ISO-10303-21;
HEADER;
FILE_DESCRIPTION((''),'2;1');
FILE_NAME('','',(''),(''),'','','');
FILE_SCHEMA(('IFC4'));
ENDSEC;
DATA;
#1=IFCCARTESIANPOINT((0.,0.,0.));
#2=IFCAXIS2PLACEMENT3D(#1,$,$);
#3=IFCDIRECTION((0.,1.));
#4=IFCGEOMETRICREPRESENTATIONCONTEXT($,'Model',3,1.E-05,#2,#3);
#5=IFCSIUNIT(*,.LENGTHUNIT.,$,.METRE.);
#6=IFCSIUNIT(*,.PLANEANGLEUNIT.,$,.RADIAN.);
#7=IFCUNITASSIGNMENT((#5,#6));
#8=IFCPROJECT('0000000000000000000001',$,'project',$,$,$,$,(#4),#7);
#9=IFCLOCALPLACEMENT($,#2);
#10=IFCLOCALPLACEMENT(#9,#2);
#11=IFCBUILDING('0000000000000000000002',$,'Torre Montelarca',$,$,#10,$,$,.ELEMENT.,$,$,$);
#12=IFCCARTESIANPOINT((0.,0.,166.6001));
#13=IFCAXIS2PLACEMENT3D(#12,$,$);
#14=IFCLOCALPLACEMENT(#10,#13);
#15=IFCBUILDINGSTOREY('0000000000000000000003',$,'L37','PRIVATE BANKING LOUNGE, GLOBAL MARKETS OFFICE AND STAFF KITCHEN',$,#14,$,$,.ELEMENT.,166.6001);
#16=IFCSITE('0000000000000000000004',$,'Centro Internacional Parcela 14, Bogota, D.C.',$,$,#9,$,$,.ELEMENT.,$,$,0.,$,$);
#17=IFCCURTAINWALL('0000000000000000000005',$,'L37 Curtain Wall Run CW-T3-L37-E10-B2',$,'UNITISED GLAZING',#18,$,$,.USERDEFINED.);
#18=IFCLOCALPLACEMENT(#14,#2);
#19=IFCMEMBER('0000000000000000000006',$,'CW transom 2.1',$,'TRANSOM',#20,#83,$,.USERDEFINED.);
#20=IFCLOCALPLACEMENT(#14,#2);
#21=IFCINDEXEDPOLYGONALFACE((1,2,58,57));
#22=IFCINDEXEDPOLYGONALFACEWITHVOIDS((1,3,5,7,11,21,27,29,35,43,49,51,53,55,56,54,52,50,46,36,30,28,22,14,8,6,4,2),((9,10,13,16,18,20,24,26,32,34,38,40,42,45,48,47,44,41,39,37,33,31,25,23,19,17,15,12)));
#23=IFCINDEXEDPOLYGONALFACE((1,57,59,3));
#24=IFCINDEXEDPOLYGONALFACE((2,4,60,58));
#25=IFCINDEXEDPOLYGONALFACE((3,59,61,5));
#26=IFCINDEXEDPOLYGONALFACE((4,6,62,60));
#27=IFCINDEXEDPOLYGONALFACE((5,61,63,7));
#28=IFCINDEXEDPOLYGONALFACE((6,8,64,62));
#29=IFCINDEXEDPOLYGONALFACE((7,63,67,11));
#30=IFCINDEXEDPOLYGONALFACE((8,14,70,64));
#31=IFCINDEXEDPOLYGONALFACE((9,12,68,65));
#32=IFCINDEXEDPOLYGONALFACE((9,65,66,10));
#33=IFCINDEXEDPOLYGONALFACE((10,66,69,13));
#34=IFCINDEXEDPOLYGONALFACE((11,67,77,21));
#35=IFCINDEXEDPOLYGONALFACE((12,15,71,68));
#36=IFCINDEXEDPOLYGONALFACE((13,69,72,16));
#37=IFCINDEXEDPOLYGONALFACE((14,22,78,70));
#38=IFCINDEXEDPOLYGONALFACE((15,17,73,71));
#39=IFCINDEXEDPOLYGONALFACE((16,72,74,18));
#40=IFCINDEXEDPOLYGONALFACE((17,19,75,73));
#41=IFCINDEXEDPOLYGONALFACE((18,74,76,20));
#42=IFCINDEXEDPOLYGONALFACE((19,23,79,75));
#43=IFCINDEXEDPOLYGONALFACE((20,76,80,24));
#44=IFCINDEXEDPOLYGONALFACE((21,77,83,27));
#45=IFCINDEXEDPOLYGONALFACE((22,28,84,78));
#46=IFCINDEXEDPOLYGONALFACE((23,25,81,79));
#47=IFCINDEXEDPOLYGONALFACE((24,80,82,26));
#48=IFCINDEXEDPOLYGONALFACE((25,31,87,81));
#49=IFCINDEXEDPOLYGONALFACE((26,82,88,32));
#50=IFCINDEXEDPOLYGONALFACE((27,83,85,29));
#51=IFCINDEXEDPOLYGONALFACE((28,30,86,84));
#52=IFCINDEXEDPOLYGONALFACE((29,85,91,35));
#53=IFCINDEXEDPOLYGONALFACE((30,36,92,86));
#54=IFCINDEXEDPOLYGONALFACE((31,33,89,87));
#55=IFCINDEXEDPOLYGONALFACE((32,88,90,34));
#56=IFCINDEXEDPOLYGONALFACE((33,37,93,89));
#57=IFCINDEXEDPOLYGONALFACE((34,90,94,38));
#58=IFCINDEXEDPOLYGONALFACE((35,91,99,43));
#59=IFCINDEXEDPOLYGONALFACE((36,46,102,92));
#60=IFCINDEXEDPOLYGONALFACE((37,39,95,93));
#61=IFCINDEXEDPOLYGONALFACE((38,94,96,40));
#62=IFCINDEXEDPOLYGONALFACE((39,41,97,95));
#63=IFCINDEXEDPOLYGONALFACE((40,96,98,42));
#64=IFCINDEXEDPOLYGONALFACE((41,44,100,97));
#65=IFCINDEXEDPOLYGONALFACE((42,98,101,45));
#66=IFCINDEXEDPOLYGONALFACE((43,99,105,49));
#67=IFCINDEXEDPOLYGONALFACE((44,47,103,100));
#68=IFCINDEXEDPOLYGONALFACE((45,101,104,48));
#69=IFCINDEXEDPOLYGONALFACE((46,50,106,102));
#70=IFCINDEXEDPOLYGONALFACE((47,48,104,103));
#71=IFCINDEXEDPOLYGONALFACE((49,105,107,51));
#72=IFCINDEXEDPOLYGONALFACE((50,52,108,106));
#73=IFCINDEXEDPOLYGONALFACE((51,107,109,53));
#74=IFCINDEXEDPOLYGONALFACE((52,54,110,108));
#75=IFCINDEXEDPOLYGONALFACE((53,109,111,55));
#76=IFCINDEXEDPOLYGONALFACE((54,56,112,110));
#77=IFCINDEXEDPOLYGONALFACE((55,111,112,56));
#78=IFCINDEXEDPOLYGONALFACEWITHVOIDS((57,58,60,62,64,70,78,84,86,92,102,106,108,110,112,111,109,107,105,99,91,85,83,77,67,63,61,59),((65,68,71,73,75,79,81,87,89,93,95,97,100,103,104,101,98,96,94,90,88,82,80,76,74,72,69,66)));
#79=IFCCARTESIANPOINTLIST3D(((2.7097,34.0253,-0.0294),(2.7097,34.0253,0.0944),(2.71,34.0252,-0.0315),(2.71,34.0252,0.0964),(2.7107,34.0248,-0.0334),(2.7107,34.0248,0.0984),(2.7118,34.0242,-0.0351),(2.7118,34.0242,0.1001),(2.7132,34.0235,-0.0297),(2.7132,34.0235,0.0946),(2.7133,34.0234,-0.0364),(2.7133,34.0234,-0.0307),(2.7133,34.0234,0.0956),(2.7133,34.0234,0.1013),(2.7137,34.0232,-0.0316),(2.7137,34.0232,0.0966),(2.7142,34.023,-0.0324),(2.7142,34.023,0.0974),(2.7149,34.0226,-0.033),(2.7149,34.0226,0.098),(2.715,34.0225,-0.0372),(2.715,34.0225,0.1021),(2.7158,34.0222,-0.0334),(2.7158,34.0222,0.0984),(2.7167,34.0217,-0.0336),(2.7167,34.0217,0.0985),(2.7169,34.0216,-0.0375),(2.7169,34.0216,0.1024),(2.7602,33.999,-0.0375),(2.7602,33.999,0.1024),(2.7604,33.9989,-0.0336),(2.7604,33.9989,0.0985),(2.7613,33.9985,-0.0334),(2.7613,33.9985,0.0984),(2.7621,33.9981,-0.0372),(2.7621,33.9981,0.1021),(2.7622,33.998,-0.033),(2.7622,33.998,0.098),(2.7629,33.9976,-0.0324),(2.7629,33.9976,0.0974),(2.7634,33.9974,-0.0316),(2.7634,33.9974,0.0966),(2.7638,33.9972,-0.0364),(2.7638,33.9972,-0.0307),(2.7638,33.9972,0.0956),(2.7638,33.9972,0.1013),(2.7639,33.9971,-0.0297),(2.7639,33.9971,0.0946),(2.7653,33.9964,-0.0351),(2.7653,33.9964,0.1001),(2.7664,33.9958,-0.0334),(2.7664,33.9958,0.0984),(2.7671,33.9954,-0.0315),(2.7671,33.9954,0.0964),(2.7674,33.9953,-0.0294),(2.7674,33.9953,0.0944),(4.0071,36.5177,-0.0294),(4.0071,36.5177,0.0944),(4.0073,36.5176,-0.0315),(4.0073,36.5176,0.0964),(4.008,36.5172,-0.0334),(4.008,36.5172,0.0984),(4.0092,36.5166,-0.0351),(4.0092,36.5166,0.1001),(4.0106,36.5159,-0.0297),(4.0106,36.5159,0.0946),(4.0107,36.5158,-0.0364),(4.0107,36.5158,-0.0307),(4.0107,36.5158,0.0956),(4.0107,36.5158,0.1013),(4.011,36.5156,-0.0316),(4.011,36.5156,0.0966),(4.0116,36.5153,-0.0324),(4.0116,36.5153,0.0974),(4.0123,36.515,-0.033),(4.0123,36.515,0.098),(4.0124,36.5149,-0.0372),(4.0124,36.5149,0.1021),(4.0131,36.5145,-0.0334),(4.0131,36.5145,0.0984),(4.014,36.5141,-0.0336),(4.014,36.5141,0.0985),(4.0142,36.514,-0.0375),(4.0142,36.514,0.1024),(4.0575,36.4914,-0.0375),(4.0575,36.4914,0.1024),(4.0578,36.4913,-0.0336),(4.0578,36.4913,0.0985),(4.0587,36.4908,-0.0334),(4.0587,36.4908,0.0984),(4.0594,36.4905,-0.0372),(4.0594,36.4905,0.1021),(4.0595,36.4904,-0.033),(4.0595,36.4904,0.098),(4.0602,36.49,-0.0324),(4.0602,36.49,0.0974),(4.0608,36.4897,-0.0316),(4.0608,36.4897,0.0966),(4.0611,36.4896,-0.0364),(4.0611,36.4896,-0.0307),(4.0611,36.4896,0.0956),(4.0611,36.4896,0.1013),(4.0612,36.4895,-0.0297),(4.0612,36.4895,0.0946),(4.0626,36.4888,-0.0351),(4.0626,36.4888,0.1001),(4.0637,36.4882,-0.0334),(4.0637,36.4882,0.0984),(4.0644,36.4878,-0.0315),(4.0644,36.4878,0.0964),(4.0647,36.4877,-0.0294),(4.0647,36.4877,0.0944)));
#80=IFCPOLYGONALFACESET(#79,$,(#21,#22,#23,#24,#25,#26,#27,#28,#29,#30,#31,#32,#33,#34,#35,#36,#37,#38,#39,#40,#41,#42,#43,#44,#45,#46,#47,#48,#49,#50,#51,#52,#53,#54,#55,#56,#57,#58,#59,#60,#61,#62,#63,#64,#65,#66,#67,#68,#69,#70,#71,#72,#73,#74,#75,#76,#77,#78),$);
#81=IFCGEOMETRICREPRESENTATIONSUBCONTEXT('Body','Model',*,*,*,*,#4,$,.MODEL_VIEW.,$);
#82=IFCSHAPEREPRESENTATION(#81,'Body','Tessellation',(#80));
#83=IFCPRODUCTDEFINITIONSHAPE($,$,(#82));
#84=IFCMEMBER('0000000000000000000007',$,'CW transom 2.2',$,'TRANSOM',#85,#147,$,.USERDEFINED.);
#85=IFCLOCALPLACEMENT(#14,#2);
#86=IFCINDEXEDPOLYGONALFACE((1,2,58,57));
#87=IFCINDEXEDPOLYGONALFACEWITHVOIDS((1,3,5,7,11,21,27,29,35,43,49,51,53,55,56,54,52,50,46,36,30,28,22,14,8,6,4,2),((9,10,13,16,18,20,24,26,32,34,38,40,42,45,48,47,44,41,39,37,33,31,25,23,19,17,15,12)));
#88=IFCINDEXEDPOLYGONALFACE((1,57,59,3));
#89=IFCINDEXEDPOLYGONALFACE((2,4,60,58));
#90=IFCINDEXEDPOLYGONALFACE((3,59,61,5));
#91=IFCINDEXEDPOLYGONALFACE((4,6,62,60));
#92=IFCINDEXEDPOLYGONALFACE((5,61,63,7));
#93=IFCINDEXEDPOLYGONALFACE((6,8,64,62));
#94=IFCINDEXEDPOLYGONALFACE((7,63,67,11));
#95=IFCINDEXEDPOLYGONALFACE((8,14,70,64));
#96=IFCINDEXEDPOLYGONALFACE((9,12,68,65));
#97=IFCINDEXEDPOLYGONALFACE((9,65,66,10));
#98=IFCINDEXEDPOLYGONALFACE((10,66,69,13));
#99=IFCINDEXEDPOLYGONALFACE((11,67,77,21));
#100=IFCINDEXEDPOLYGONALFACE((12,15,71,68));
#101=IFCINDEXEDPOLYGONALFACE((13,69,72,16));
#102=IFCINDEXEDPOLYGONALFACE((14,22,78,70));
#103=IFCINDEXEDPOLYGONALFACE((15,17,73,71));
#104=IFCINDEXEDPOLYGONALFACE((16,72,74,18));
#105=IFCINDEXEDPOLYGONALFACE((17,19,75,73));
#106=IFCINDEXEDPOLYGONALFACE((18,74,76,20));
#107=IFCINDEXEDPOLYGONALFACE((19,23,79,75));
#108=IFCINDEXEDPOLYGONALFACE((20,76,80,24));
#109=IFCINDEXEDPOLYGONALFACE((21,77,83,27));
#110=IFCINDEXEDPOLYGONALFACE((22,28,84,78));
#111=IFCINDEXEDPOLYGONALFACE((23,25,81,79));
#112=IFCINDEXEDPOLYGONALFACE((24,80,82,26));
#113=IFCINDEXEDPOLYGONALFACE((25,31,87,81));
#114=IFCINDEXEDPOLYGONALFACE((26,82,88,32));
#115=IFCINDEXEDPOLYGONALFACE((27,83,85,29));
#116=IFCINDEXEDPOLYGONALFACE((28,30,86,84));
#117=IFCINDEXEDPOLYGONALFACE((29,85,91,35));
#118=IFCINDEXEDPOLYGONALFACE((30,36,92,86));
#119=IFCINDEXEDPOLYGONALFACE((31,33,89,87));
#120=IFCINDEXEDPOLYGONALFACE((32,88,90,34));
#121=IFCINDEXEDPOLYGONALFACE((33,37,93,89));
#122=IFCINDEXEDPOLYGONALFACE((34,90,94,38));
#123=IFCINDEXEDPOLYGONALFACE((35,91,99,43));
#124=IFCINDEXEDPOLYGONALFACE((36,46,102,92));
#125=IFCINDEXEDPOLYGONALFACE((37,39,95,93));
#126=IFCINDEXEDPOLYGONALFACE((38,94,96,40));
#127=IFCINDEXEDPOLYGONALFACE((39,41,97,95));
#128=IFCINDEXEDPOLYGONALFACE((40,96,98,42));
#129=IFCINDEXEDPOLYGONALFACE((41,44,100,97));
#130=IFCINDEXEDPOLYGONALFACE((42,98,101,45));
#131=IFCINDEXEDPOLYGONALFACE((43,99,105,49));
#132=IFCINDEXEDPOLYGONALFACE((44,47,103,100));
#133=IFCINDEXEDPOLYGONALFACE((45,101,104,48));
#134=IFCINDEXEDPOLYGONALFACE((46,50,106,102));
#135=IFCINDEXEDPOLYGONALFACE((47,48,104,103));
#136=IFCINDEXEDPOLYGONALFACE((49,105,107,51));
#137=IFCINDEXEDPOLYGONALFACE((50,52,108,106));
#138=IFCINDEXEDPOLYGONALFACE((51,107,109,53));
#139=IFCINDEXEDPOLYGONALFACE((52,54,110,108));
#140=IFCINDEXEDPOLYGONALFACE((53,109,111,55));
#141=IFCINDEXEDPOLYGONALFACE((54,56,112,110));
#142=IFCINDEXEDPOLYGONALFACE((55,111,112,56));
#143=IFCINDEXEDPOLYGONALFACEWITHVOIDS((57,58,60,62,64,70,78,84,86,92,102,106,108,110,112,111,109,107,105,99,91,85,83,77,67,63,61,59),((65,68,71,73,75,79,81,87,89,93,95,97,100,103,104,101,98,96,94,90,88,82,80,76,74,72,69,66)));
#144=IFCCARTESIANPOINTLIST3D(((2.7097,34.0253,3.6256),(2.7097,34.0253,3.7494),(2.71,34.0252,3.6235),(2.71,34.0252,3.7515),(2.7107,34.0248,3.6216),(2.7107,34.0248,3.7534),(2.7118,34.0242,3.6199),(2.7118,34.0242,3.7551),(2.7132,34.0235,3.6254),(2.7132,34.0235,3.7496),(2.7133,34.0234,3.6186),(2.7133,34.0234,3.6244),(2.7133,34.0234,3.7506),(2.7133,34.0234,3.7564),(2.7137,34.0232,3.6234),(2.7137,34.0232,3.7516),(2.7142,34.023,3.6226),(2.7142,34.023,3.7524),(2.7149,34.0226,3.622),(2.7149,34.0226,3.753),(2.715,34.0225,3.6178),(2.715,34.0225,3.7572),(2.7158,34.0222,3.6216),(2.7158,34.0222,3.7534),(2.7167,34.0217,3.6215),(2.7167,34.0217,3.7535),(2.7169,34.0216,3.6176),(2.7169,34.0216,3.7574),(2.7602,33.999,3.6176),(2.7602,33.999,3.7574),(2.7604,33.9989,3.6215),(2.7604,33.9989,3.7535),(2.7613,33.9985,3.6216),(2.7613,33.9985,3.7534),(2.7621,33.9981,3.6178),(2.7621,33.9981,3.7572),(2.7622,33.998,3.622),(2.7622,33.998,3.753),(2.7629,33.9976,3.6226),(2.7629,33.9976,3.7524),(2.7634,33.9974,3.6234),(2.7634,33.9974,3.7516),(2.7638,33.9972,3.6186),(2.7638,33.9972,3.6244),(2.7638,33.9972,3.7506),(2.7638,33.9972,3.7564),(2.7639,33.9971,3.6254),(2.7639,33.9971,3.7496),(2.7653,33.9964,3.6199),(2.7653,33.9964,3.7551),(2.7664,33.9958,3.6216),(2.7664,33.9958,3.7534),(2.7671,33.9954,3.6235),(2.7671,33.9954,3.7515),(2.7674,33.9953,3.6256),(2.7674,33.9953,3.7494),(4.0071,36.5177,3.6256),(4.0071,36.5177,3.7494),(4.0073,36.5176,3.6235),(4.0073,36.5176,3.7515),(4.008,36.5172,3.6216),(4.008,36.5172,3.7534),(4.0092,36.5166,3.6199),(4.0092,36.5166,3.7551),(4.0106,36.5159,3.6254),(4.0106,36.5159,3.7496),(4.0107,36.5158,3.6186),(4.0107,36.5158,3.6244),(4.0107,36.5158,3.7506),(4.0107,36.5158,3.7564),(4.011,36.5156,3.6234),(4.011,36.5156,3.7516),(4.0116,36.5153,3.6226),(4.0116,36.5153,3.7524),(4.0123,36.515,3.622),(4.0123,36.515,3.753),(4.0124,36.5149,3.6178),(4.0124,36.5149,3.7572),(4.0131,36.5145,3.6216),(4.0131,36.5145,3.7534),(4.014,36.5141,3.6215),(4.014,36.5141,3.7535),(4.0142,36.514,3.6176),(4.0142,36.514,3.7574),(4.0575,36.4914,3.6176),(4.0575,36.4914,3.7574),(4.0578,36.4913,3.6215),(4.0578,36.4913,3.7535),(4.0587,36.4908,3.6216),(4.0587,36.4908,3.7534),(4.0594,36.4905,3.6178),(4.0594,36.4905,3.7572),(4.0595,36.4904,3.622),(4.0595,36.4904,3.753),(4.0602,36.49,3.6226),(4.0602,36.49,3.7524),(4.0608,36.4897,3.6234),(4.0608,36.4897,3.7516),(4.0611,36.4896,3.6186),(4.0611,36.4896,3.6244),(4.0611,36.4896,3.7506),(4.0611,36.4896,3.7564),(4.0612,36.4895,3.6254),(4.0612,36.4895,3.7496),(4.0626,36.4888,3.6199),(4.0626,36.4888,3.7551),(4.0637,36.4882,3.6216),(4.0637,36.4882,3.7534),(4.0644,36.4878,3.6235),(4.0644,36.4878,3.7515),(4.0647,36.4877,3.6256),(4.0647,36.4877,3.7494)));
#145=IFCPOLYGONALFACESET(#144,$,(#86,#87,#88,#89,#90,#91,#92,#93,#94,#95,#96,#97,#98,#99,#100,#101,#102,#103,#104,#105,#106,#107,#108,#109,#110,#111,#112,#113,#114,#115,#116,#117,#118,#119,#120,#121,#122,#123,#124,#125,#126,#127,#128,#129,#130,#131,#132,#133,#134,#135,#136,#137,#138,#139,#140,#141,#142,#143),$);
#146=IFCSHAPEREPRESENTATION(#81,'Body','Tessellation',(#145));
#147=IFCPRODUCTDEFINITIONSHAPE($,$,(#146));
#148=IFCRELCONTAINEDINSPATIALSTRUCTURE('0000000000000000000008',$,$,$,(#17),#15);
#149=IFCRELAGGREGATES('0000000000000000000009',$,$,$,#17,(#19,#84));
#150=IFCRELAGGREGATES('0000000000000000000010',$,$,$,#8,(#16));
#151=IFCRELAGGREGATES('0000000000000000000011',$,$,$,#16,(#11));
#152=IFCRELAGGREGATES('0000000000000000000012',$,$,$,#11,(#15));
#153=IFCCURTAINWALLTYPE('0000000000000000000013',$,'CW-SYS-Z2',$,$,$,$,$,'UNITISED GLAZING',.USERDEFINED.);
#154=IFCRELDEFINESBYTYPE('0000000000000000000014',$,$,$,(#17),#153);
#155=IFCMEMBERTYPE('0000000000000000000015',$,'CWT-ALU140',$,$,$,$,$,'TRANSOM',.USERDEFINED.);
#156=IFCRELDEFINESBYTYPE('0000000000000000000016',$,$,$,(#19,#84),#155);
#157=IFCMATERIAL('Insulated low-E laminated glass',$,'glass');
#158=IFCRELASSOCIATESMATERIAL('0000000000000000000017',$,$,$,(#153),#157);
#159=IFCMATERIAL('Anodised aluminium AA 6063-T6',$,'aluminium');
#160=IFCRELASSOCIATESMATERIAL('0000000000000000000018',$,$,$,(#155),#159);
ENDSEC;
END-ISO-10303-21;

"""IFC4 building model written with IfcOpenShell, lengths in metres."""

from ifc_helpers import new_model, si_unit, direction, frame, origin, origin_2d, place, context, subcontext, project, spatial, hollow_rectangle, extrude, source, transform, mapped, material, material_profile, profile_set, type_object, element, aggregate, save


model = new_model("IFC4")

# Units and contexts
model_context = context("Model", 3, precision=1e-05, world=origin(), true_north=direction((0.0, 1.0)))
body_context = subcontext(model_context, "Body", "Model", "MODEL_VIEW")
ifc_project = project(units=[si_unit("LENGTHUNIT", "METRE"), si_unit("PLANEANGLEUNIT", "RADIAN")], contexts=[model_context])

# Site, building, storey
site_placement = place(None, origin())
site = spatial("IfcSite", under=ifc_project, at=site_placement, Name="Centro Internacional Parcela 14, Bogota, D.C.", CompositionType="ELEMENT", RefElevation=0.0)
building_placement = place(site_placement, origin())
building = spatial("IfcBuilding", under=site, at=building_placement, Name="Torre Montelarca", CompositionType="ELEMENT")
storey_placement = place(building_placement, frame((0.0, 0.0, 166.6001)))
storey = spatial("IfcBuildingStorey", under=building, at=storey_placement, Name="L37", Description="PRIVATE BANKING LOUNGE, GLOBAL MARKETS OFFICE AND STAFF KITCHEN", CompositionType="ELEMENT", Elevation=166.6001)

# Curtain wall
ifc_material_1 = material(Name="Insulated low-E laminated glass", Category="glass")
curtain_wall_type = type_object("IfcCurtainWallType", Name="CW-SYS-Z2", ElementType="UNITISED GLAZING", PredefinedType="USERDEFINED", material=ifc_material_1)
curtain_wall_1_placement = place(storey_placement, origin())
curtain_wall_1 = element("IfcCurtainWall", 1, at=curtain_wall_1_placement, inside=storey, type_object=curtain_wall_type, Name="L37 Curtain Wall Run CW-T3-L37-E10-B2", ObjectType="UNITISED GLAZING", PredefinedType="USERDEFINED")
ifc_material_2 = material(Name="Anodised aluminium AA 6063-T6", Category="aluminium")

# Members
ifc_material_profile_1 = material_profile(ifc_material_2, hollow_rectangle(XDim=0.0649, YDim=0.1399, WallThickness=0.0039, InnerFilletRadius=0.0039, OuterFilletRadius=0.0081, at=origin_2d()), Name="ALU65X140X4", Category="aluminium")
ifc_profile_set_1 = profile_set([ifc_material_profile_1], Name="Anodised aluminium AA 6063-T6")
member_type_1 = type_object("IfcMemberType", Name="CWT-ALU140", ElementType="TRANSOM", PredefinedType="USERDEFINED", material=ifc_profile_set_1)
shared_shape_1 = source(origin(), body_context, "Body", "SweptSolid", [
    extrude(hollow_rectangle(XDim=0.0649, YDim=0.1399, WallThickness=0.0039, InnerFilletRadius=0.0039, OuterFilletRadius=0.0081, at=origin_2d()), origin(), (0.0, 0.0, 1.0), 2.8098),
])
member_1_placement = place(storey_placement, frame((4.0359, 36.5027, 0.0325), z_axis=(-0.461717, -0.887028, 0.0), x_axis=(0.887028, -0.461717, 0.0)))
member_1 = element("IfcMember", 2, at=member_1_placement, type_object=member_type_1, Name="CW transom 2.1", ObjectType="TRANSOM", PredefinedType="USERDEFINED", context=body_context, shape_type="MappedRepresentation", body=[
    mapped(shared_shape_1, transform((0.0, 0.0, 0.0), scale=1.0)),
])
member_2_placement = place(storey_placement, frame((4.0359, 36.5027, 3.6875), z_axis=(-0.461717, -0.887028, 0.0), x_axis=(0.887028, -0.461717, 0.0)))
member_2 = element("IfcMember", 3, at=member_2_placement, type_object=member_type_1, Name="CW transom 2.2", ObjectType="TRANSOM", PredefinedType="USERDEFINED", context=body_context, shape_type="MappedRepresentation", body=[
    mapped(shared_shape_1, transform((0.0, 0.0, 0.0), scale=1.0)),
])

aggregate(curtain_wall_1, [member_1, member_2])

save(model, "model.ifc")
